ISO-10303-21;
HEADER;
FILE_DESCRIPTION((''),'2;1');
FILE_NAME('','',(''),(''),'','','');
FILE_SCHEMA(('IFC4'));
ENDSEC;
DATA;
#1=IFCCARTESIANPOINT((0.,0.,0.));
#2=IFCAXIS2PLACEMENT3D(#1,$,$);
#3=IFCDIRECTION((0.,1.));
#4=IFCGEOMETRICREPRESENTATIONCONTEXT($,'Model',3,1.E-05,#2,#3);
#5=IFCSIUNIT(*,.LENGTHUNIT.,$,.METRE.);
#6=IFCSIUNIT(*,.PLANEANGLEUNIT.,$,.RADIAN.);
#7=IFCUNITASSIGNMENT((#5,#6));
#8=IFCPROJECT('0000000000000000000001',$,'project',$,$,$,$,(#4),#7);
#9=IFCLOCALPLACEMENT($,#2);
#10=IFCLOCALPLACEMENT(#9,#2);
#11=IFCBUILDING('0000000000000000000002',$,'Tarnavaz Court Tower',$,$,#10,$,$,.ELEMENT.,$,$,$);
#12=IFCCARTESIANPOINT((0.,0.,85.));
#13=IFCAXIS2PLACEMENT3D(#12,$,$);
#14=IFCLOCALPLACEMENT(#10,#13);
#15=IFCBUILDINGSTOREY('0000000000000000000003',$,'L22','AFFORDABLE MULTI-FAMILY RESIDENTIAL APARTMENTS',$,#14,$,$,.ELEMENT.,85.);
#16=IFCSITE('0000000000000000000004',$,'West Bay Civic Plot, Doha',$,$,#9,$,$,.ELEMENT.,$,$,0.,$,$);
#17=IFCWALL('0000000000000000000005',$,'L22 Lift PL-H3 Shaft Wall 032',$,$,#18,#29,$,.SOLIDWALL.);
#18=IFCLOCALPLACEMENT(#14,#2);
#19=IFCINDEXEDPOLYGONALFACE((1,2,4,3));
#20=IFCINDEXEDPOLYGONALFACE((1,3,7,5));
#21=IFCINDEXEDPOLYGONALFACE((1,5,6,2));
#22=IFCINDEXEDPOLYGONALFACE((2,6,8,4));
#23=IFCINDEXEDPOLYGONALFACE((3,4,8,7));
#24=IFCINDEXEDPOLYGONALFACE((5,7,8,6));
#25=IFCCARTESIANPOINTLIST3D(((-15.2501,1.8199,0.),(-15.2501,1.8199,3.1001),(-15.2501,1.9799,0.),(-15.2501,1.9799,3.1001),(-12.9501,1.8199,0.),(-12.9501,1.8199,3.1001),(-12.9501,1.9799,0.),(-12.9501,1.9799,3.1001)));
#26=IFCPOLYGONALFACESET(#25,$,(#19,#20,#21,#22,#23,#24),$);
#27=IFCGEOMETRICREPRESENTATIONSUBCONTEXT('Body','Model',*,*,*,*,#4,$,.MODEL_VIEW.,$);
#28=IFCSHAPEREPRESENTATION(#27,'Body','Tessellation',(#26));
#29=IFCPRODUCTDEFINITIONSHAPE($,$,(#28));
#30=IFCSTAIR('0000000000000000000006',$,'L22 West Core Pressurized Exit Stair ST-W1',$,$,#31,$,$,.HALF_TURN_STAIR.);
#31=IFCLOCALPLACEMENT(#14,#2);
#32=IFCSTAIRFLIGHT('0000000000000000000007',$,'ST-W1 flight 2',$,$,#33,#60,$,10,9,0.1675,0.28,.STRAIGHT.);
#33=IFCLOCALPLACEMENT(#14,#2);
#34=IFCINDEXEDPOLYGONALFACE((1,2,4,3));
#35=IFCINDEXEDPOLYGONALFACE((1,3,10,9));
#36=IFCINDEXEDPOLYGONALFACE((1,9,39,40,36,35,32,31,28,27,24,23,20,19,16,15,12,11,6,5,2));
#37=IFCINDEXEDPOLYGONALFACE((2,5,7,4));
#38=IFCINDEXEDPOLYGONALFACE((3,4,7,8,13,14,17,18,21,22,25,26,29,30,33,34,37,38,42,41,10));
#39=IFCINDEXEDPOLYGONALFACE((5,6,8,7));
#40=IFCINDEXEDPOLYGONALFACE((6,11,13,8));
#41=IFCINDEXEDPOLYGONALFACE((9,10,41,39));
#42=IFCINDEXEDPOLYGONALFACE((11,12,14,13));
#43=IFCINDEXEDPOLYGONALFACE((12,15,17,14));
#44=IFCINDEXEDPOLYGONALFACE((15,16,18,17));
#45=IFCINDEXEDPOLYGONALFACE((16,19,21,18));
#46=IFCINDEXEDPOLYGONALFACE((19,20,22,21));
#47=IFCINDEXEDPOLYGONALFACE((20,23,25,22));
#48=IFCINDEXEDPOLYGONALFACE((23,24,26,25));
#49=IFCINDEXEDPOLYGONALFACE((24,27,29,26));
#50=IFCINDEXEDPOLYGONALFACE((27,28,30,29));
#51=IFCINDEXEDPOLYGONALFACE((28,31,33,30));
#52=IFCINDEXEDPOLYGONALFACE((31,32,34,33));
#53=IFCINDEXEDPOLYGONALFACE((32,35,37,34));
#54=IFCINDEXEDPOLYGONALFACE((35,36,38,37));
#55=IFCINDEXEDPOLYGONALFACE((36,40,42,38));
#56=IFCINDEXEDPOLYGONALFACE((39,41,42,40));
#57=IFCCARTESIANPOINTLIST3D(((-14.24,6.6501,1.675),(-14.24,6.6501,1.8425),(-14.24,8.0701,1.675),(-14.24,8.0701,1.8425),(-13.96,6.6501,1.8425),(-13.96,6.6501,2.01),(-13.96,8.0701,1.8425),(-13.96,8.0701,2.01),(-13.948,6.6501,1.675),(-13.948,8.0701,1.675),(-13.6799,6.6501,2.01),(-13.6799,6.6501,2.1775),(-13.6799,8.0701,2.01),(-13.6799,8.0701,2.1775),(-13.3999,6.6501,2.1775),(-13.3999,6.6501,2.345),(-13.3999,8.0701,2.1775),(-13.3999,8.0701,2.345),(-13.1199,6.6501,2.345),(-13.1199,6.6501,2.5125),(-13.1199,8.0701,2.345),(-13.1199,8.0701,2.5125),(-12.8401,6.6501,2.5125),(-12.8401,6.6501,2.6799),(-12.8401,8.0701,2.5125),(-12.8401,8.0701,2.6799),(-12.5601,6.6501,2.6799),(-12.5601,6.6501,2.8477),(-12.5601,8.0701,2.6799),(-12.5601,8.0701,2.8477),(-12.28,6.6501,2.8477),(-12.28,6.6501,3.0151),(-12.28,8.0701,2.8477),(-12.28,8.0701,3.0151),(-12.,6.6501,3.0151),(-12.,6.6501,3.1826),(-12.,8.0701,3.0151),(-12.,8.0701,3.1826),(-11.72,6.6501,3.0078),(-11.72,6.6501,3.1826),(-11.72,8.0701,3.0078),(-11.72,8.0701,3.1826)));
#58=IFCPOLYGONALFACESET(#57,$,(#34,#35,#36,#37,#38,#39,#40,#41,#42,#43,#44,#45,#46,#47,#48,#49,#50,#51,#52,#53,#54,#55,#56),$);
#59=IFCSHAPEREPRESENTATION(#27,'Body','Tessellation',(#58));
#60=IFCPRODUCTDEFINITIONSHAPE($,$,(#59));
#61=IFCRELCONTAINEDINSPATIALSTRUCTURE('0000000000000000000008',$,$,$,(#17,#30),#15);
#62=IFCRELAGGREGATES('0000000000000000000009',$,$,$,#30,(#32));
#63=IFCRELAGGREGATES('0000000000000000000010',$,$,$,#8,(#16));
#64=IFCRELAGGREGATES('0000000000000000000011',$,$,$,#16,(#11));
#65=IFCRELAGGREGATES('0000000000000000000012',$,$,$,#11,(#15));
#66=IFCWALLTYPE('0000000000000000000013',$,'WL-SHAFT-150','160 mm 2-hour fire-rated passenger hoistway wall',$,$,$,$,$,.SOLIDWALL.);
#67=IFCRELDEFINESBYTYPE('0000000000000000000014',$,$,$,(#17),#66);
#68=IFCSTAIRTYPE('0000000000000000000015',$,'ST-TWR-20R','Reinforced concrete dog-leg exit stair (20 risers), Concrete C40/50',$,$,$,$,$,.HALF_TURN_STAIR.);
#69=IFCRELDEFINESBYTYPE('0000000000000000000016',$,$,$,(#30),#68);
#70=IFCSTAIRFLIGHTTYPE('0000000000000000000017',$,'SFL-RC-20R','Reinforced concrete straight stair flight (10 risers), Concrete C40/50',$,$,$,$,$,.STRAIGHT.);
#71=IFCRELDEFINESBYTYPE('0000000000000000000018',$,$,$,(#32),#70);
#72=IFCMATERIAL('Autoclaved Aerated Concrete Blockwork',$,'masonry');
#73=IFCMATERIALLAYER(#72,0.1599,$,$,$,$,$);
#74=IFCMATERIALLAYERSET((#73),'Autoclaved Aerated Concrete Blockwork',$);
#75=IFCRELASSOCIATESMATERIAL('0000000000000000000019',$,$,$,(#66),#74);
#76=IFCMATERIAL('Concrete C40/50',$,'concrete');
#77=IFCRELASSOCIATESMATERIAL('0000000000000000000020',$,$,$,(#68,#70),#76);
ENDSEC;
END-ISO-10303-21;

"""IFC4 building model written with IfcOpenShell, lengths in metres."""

from ifc_helpers import new_model, si_unit, direction, frame, frame_2d, origin, place, context, subcontext, project, spatial, polyline, rectangle, outline, extrude, material, layer, layer_set, type_object, element, aggregate, save


model = new_model("IFC4")

# Units and contexts
model_context = context("Model", 3, precision=1e-05, world=origin(), true_north=direction((0.0, 1.0)))
body_context = subcontext(model_context, "Body", "Model", "MODEL_VIEW")
ifc_project = project(units=[si_unit("LENGTHUNIT", "METRE"), si_unit("PLANEANGLEUNIT", "RADIAN")], contexts=[model_context])

# Site, building, storey
site_placement = place(None, origin())
site = spatial("IfcSite", under=ifc_project, at=site_placement, Name="West Bay Civic Plot, Doha", CompositionType="ELEMENT", RefElevation=0.0)
building_placement = place(site_placement, origin())
building = spatial("IfcBuilding", under=site, at=building_placement, Name="Tarnavaz Court Tower", CompositionType="ELEMENT")
storey_placement = place(building_placement, frame((0.0, 0.0, 85.0)))
storey = spatial("IfcBuildingStorey", under=building, at=storey_placement, Name="L22", Description="AFFORDABLE MULTI-FAMILY RESIDENTIAL APARTMENTS", CompositionType="ELEMENT", Elevation=85.0)

# Shared definitions
ifc_material_1 = material(Name="Autoclaved Aerated Concrete Blockwork", Category="masonry")

# Wall
ifc_layer_1 = layer(ifc_material_1, 0.1599)
ifc_layer_set_1 = layer_set([ifc_layer_1], Name="Autoclaved Aerated Concrete Blockwork")
wall_type_1 = type_object("IfcWallType", Name="WL-SHAFT-150", Description="160 mm 2-hour fire-rated passenger hoistway wall", PredefinedType="SOLIDWALL", material=ifc_layer_set_1)
wall_1_placement = place(storey_placement, frame((-15.25, 1.8999, 0.0), z_axis=(0.0, 0.0, 1.0), x_axis=(1.0, 0.0, 0.0)))
element("IfcWall", 1, at=wall_1_placement, inside=storey, type_object=wall_type_1, Name="L22 Lift PL-H3 Shaft Wall 032", PredefinedType="SOLIDWALL", context=body_context, shape_type="SweptSolid", body=[
    extrude(rectangle(XDim=2.3, YDim=0.1599, at=frame_2d((1.1499, 0.0))), origin(), (0.0, 0.0, 1.0), 3.1001),
])

# Stair, stair flight
ifc_material_2 = material(Name="Concrete C40/50", Category="concrete")
stair_type = type_object("IfcStairType", Name="ST-TWR-20R", Description="Reinforced concrete dog-leg exit stair (20 risers), Concrete C40/50", PredefinedType="HALF_TURN_STAIR", material=ifc_material_2)
stair_placement = place(storey_placement, origin())
stair = element("IfcStair", 2, at=stair_placement, inside=storey, type_object=stair_type, Name="L22 West Core Pressurized Exit Stair ST-W1", PredefinedType="HALF_TURN_STAIR")
stair_flight_type = type_object("IfcStairFlightType", Name="SFL-RC-20R", Description="Reinforced concrete straight stair flight (10 risers), Concrete C40/50", PredefinedType="STRAIGHT", material=ifc_material_2)
stair_flight_placement = place(storey_placement, frame((-14.24, 7.3601, 1.675), z_axis=(0.0, 0.0, 1.0), x_axis=(1.0, 0.0, 0.0)))
stair_flight = element("IfcStairFlight", 3, at=stair_flight_placement, type_object=stair_flight_type, Name="ST-W1 flight 2", NumberOfRisers=10, NumberOfTreads=9, PredefinedType="STRAIGHT", RiserHeight=0.1675, TreadLength=0.28, context=body_context, shape_type="SweptSolid", body=[
    extrude(outline(polyline([(0.0, 0.0), (0.0, 0.1675), (0.28, 0.1675), (0.28, 0.335), (0.5601, 0.335), (0.5601, 0.5024), (0.8401, 0.5024), (0.8401, 0.6699), (1.1201, 0.6699), (1.1201, 0.8374), (1.3999, 0.8374), (1.3999, 1.0049), (1.6799, 1.0049), (1.6799, 1.1726), (1.96, 1.1726), (1.96, 1.3401), (2.24, 1.3401), (2.24, 1.5076), (2.52, 1.5076), (2.52, 1.675), (2.52, 1.3328), (0.292, 0.0), (0.0, 0.0)])), frame((0.0, 0.71, 0.0), z_axis=(0.0, -1.0, 0.0), x_axis=(1.0, 0.0, 0.0)), (0.0, 0.0, 1.0), 1.4199),
])
aggregate(stair, [stair_flight])

save(model, "model.ifc")
